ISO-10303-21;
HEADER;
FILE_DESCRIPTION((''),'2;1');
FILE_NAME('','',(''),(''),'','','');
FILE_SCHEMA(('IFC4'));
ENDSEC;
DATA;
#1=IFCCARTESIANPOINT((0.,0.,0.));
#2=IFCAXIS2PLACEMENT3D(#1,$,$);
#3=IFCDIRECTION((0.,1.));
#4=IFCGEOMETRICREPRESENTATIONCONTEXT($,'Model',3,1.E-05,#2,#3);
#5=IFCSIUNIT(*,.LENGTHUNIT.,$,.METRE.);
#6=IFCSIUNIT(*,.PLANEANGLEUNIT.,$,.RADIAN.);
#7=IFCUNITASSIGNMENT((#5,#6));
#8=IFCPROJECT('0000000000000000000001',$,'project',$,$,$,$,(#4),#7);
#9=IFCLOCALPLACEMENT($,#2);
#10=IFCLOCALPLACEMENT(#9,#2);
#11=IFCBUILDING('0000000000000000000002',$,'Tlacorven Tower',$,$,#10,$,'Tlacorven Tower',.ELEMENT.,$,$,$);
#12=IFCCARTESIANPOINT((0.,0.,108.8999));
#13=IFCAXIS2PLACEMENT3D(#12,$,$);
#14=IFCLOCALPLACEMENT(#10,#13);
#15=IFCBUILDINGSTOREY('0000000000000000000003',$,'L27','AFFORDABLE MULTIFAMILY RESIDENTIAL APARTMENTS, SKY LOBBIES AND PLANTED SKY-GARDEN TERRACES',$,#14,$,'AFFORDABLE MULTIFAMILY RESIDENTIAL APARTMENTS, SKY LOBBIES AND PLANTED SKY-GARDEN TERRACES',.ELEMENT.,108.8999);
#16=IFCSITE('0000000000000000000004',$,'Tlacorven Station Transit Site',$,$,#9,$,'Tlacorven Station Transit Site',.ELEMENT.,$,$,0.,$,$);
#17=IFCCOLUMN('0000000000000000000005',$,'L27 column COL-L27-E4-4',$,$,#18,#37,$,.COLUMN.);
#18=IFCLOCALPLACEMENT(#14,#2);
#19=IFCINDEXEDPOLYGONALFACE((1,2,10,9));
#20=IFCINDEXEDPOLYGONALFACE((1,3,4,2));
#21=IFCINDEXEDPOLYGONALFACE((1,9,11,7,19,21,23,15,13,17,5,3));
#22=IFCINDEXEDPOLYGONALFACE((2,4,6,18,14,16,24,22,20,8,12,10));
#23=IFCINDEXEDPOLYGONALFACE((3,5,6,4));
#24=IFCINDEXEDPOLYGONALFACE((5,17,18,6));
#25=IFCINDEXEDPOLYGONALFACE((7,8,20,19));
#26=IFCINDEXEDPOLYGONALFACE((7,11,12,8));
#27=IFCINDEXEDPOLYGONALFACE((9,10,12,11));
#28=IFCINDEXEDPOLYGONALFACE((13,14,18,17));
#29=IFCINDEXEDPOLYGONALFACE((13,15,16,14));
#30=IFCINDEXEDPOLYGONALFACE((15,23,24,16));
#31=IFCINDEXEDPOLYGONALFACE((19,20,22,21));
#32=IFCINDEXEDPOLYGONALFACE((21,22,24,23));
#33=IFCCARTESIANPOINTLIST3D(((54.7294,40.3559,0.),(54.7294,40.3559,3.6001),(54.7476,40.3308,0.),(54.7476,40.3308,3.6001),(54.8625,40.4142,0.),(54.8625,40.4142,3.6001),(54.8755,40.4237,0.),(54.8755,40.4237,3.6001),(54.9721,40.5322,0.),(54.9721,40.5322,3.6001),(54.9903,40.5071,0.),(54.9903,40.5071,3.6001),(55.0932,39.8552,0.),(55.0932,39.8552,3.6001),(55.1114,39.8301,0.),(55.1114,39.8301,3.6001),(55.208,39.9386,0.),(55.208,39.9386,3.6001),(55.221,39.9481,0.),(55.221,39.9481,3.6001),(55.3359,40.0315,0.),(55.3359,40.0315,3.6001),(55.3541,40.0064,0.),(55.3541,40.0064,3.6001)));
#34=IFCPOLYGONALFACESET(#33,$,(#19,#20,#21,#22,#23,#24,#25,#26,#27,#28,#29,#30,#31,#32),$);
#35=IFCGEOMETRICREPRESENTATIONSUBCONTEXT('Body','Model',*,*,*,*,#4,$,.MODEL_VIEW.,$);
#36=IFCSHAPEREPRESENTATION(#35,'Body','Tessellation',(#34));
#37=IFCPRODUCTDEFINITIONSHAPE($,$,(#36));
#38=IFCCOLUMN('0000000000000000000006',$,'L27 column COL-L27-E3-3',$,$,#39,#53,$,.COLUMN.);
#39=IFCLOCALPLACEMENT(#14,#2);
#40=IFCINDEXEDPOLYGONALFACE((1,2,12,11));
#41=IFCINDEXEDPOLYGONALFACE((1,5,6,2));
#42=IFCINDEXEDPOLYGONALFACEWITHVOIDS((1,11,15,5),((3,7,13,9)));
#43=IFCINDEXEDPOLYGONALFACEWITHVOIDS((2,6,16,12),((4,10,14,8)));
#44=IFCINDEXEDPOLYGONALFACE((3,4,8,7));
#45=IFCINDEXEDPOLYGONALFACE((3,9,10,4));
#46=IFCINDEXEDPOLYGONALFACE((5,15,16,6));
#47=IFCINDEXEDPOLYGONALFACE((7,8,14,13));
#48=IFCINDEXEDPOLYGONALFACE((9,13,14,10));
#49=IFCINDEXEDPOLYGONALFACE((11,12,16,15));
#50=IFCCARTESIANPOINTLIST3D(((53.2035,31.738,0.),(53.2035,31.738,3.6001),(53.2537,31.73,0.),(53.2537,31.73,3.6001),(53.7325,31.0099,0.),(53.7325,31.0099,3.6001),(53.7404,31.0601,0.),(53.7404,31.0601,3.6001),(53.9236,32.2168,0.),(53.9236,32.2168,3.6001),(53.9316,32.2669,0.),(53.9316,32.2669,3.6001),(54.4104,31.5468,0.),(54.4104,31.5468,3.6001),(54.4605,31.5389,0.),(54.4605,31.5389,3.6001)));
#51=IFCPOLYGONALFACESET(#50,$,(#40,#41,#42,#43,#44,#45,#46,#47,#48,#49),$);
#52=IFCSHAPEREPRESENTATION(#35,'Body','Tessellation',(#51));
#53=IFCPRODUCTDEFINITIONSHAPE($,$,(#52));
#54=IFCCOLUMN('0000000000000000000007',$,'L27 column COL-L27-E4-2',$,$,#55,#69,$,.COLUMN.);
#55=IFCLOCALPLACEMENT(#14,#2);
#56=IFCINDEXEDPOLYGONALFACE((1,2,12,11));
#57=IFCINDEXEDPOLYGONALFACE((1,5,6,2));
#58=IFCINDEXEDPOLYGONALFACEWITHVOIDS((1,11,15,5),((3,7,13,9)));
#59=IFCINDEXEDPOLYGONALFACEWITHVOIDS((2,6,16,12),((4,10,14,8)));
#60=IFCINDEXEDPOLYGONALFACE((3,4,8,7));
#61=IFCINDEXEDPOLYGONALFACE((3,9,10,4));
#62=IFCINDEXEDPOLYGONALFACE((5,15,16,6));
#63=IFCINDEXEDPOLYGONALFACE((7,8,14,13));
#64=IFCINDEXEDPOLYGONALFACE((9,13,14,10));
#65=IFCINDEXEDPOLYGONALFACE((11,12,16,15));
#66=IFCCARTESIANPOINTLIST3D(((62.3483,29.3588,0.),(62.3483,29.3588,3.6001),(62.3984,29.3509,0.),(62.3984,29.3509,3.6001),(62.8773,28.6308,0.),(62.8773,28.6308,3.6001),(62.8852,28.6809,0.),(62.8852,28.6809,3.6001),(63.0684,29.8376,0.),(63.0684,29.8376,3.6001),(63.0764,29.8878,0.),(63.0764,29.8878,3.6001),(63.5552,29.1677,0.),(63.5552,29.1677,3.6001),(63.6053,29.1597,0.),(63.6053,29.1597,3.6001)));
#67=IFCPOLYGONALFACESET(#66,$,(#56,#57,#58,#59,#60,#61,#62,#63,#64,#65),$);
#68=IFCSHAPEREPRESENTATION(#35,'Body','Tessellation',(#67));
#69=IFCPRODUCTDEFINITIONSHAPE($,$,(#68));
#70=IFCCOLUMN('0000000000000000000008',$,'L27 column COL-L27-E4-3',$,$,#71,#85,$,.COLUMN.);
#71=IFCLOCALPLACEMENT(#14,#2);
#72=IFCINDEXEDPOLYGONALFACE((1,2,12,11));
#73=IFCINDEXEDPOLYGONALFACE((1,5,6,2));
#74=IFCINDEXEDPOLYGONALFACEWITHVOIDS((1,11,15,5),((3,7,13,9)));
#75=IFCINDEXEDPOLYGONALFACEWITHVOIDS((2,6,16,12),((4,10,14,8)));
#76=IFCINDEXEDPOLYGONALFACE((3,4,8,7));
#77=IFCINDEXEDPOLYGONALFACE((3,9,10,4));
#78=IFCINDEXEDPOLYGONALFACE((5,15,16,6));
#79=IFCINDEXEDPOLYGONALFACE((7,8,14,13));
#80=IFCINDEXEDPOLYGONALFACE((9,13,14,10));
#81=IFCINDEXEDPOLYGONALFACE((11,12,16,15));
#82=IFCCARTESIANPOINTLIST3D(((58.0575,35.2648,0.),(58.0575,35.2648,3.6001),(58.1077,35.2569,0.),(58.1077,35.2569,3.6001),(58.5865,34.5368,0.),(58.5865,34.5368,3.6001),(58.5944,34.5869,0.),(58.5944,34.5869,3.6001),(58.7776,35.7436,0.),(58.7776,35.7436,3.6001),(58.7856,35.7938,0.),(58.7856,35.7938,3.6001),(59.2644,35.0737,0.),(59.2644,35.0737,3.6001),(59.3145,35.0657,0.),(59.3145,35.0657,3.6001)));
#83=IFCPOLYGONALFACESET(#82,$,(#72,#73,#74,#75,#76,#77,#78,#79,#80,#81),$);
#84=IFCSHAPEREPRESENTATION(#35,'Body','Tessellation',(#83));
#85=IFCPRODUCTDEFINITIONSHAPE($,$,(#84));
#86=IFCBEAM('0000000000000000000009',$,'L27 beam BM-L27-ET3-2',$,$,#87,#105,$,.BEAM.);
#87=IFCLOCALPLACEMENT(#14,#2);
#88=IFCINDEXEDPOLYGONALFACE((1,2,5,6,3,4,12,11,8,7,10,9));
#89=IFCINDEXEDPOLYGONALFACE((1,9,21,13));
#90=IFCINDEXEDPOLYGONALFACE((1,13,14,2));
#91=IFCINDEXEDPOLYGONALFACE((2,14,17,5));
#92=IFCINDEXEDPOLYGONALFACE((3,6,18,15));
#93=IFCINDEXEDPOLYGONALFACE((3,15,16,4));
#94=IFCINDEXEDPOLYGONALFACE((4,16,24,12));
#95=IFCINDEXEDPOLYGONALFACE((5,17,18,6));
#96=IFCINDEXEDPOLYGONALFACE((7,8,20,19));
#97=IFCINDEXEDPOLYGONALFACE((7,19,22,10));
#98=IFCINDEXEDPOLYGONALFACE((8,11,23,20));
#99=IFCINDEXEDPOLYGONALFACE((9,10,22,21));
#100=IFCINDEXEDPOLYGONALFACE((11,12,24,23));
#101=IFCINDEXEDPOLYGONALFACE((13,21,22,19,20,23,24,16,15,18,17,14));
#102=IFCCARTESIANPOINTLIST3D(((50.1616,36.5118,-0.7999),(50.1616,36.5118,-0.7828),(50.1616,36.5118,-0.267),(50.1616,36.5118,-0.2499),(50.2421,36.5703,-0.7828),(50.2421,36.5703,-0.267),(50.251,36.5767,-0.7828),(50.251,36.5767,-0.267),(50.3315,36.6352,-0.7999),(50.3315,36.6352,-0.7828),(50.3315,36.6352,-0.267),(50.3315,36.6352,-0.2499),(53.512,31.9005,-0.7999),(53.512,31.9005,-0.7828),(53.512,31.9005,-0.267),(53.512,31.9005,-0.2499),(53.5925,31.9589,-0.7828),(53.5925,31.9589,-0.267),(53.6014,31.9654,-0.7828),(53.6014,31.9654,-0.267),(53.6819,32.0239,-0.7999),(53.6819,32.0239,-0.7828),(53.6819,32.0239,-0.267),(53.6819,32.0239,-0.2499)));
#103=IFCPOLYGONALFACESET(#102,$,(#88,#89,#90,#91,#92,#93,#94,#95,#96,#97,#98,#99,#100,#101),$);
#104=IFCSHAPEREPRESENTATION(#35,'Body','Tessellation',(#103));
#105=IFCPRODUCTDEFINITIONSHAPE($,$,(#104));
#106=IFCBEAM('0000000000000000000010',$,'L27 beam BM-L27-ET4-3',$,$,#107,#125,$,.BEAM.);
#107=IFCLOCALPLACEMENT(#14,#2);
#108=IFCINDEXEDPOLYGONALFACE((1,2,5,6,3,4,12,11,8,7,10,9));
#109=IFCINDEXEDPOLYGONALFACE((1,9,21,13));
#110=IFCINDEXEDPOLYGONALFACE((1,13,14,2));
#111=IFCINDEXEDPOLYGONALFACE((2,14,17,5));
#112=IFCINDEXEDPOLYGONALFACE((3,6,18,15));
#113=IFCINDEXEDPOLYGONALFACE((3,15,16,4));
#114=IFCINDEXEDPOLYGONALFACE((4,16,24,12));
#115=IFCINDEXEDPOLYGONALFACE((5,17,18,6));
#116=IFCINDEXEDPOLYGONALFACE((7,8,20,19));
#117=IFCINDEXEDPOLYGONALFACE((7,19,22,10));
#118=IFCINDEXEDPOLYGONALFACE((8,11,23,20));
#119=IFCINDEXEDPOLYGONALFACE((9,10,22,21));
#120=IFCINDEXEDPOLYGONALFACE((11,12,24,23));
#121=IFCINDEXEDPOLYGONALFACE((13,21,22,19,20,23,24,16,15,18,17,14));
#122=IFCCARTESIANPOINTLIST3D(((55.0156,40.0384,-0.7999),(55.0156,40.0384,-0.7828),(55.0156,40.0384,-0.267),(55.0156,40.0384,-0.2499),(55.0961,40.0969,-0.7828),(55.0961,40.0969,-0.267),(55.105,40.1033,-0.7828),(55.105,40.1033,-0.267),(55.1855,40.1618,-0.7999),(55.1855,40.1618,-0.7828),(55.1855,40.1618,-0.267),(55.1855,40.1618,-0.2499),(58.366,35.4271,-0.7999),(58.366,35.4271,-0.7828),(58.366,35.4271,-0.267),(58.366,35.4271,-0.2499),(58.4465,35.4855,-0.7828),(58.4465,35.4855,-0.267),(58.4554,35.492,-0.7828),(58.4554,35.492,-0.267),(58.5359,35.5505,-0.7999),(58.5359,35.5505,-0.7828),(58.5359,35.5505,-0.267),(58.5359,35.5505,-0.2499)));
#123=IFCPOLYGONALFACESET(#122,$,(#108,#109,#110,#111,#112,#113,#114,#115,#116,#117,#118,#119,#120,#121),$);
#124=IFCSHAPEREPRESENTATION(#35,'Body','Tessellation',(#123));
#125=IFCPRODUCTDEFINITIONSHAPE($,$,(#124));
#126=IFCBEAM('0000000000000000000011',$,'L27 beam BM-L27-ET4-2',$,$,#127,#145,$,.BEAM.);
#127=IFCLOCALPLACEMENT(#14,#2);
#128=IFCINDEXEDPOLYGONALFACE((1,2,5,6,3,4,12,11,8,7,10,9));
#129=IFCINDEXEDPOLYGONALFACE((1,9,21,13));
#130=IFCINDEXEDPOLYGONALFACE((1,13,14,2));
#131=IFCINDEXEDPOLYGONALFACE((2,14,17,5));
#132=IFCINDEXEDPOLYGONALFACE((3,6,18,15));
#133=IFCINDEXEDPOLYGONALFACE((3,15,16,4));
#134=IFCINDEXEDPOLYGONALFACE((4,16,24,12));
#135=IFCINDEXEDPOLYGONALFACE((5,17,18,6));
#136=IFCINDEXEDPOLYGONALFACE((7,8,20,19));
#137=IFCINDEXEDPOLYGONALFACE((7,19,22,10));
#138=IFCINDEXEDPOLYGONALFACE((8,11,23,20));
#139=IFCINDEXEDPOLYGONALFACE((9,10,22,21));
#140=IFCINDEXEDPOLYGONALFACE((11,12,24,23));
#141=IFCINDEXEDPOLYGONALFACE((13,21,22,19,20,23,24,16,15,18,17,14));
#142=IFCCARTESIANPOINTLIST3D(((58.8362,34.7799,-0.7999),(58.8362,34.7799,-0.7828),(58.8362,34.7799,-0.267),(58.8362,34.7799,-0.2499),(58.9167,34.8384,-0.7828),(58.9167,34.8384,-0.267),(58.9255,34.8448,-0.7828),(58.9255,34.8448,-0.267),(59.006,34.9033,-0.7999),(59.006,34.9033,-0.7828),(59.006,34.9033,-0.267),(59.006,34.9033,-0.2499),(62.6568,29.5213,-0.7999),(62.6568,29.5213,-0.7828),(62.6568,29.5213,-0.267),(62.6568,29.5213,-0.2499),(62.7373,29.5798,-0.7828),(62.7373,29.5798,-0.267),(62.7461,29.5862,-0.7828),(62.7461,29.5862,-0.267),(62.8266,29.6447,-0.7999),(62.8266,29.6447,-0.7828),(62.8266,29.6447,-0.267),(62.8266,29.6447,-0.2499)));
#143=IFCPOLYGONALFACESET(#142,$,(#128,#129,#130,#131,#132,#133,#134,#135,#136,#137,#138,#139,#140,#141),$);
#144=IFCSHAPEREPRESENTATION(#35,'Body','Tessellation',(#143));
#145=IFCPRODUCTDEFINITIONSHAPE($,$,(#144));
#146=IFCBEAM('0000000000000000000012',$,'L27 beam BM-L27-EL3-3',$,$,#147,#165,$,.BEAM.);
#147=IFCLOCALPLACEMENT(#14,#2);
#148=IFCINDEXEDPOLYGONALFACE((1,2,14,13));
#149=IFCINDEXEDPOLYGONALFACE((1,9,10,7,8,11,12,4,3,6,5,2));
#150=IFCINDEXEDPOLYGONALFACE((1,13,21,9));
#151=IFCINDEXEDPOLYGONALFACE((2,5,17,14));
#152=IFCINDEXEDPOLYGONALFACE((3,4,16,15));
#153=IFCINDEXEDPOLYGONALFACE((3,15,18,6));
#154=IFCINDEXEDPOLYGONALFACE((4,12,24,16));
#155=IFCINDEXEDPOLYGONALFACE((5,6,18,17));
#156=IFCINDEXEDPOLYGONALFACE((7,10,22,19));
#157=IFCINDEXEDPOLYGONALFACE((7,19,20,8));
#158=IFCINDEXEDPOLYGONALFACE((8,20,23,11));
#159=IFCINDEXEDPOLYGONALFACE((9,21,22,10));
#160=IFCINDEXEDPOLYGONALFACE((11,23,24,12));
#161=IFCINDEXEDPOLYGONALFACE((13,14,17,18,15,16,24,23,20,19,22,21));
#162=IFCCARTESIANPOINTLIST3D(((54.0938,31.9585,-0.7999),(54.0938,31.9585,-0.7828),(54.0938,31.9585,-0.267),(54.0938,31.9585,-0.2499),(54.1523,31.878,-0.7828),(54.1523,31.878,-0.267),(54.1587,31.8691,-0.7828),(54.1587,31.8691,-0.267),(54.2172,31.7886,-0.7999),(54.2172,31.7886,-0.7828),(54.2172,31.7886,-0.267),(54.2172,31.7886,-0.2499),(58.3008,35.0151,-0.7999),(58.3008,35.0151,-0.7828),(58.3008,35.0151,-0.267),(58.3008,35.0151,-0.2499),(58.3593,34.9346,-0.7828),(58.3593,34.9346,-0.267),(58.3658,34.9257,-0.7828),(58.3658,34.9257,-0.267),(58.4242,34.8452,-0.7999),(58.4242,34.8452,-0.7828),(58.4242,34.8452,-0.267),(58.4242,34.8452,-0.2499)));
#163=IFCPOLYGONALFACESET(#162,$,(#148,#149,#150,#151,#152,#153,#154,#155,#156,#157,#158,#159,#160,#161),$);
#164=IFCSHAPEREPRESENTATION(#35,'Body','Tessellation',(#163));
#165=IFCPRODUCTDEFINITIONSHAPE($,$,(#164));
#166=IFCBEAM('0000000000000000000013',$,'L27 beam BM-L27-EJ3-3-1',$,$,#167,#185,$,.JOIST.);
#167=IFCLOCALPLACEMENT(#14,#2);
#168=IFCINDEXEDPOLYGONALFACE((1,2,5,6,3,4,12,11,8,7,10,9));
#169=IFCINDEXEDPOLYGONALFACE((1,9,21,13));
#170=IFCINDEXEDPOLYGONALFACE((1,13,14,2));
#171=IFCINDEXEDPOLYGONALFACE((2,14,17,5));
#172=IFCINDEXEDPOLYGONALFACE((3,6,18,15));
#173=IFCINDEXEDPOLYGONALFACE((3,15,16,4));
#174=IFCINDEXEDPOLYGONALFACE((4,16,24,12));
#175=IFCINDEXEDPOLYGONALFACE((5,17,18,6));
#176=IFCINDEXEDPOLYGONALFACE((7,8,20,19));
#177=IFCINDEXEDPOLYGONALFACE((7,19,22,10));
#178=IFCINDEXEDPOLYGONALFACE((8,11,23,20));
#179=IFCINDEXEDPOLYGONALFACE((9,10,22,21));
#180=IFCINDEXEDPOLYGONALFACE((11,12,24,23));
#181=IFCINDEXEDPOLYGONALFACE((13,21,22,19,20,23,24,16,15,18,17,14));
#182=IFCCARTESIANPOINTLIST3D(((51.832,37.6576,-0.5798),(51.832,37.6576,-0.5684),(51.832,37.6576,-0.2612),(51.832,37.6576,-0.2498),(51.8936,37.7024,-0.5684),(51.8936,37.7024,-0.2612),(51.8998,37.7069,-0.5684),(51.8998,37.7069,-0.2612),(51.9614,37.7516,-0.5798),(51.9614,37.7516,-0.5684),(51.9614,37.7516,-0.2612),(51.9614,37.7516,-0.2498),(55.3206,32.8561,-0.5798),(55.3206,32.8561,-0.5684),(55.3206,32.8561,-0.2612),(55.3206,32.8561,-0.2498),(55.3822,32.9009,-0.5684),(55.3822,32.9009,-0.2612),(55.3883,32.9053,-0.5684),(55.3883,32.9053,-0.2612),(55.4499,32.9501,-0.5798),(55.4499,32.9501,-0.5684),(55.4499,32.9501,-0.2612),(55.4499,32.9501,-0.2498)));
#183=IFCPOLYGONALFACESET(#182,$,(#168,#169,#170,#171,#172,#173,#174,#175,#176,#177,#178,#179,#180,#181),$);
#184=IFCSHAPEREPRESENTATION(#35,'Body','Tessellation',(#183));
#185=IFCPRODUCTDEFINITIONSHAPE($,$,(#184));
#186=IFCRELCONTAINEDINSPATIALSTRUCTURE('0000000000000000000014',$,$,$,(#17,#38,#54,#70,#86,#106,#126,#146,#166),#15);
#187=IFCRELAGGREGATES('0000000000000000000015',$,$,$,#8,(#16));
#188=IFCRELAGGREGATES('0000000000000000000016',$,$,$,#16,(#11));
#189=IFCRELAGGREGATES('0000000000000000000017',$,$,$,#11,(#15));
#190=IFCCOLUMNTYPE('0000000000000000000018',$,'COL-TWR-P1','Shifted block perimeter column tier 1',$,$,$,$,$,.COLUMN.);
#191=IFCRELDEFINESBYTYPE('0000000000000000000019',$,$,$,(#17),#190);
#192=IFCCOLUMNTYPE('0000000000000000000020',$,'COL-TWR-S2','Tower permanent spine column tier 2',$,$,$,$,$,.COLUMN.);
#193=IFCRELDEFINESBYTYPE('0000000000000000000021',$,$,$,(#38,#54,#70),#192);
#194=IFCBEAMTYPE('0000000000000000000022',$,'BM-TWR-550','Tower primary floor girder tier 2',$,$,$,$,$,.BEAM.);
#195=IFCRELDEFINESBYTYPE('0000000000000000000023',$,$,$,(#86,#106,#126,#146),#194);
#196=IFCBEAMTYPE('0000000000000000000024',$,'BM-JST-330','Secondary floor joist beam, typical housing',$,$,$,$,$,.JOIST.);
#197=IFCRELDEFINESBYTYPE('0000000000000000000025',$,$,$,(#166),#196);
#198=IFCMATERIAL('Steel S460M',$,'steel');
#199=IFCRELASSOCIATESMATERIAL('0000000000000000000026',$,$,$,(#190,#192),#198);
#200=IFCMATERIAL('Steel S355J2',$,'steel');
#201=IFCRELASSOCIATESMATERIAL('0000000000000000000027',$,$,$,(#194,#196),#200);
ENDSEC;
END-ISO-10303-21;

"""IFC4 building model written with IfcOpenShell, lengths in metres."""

from ifc_helpers import new_model, si_unit, direction, frame, origin, origin_2d, place, context, subcontext, project, spatial, hollow_rectangle, i_section, extrude, source, transform, mapped, material, material_profile, profile_set, type_object, element, save


model = new_model("IFC4")

# Units and contexts
model_context = context("Model", 3, precision=1e-05, world=origin(), true_north=direction((0.0, 1.0)))
body_context = subcontext(model_context, "Body", "Model", "MODEL_VIEW")
ifc_project = project(units=[si_unit("LENGTHUNIT", "METRE"), si_unit("PLANEANGLEUNIT", "RADIAN")], contexts=[model_context])

# Site, building, storey
site_placement = place(None, origin())
site = spatial("IfcSite", under=ifc_project, at=site_placement, Name="Tlacorven Station Transit Site", LongName="Tlacorven Station Transit Site", CompositionType="ELEMENT", RefElevation=0.0)
building_placement = place(site_placement, origin())
building = spatial("IfcBuilding", under=site, at=building_placement, Name="Tlacorven Tower", LongName="Tlacorven Tower", CompositionType="ELEMENT")
storey_placement = place(building_placement, frame((0.0, 0.0, 108.8999)))
storey = spatial("IfcBuildingStorey", under=building, at=storey_placement, Name="L27", Description="AFFORDABLE MULTIFAMILY RESIDENTIAL APARTMENTS, SKY LOBBIES AND PLANTED SKY-GARDEN TERRACES", LongName="AFFORDABLE MULTIFAMILY RESIDENTIAL APARTMENTS, SKY LOBBIES AND PLANTED SKY-GARDEN TERRACES", CompositionType="ELEMENT", Elevation=108.8999)

# Columns
ifc_material_1 = material(Name="Steel S460M", Category="steel")
ifc_material_profile_1 = material_profile(ifc_material_1, i_section(OverallWidth=0.3, OverallDepth=0.6499, WebThickness=0.0161, FlangeThickness=0.031, at=origin_2d()), Name="HEB 650")
ifc_profile_set_1 = profile_set([ifc_material_profile_1], Name="Steel S460M")
column_type_1 = type_object("IfcColumnType", Name="COL-TWR-P1", Description="Shifted block perimeter column tier 1", PredefinedType="COLUMN", material=ifc_profile_set_1)
shared_shape_1 = source(origin(), body_context, "Body", "SweptSolid", [
    extrude(i_section(OverallWidth=0.3, OverallDepth=0.6499, WebThickness=0.0161, FlangeThickness=0.031, at=origin_2d()), origin(), (0.0, 0.0, 1.0), 3.6001),
])
column_placement = place(storey_placement, frame((55.0417, 40.1812, 0.0), z_axis=(0.0, 0.0, 1.0), x_axis=(0.809017, 0.587785, 0.0)))
element("IfcColumn", 1, at=column_placement, inside=storey, type_object=column_type_1, Name="L27 column COL-L27-E4-4", PredefinedType="COLUMN", context=body_context, shape_type="MappedRepresentation", body=[
    mapped(shared_shape_1, transform((0.0, 0.0, 0.0), scale=1.0)),
])
ifc_material_profile_2 = material_profile(ifc_material_1, hollow_rectangle(XDim=0.8999, YDim=0.8999, WallThickness=0.0359, at=origin_2d()), Name="BOX 900X900X36")
ifc_profile_set_2 = profile_set([ifc_material_profile_2], Name="Steel S460M")
column_type_2 = type_object("IfcColumnType", Name="COL-TWR-S2", Description="Tower permanent spine column tier 2", PredefinedType="COLUMN", material=ifc_profile_set_2)
shared_shape_2 = source(origin(), body_context, "Body", "SweptSolid", [
    extrude(hollow_rectangle(XDim=0.8999, YDim=0.8999, WallThickness=0.0359, at=origin_2d()), origin(), (0.0, 0.0, 1.0), 3.6001),
])
for number, where, z_axis, x_axis, name in (
    (2, (53.832, 31.6384, 0.0), (0.0, 0.0, 1.0), (0.809017, 0.587785, 0.0), "L27 column COL-L27-E3-3"),
    (3, (62.9768, 29.2593, 0.0), (0.0, 0.0, 1.0), (0.809017, 0.587785, 0.0), "L27 column COL-L27-E4-2"),
    (4, (58.686, 35.1653, 0.0), (0.0, 0.0, 1.0), (0.809017, 0.587785, 0.0), "L27 column COL-L27-E4-3"),
):
    element("IfcColumn", number, at=place(storey_placement, frame(where, z_axis=z_axis, x_axis=x_axis)), inside=storey, type_object=column_type_2, Name=name, PredefinedType="COLUMN", context=body_context, shape_type="MappedRepresentation", body=[
        mapped(shared_shape_2, transform((0.0, 0.0, 0.0), scale=1.0)),
    ])

# Beams
ifc_material_2 = material(Name="Steel S355J2", Category="steel")
ifc_material_profile_3 = material_profile(ifc_material_2, i_section(OverallWidth=0.21, OverallDepth=0.55, WebThickness=0.011, FlangeThickness=0.0171, at=origin_2d()), Name="IPE 550")
ifc_profile_set_3 = profile_set([ifc_material_profile_3], Name="Steel S355J2")
beam_type_1 = type_object("IfcBeamType", Name="BM-TWR-550", Description="Tower primary floor girder tier 2", PredefinedType="BEAM", material=ifc_profile_set_3)
shared_shape_3 = source(origin(), body_context, "Body", "SweptSolid", [
    extrude(i_section(OverallWidth=0.21, OverallDepth=0.55, WebThickness=0.011, FlangeThickness=0.0171, at=origin_2d()), origin(), (0.0, 0.0, 1.0), 5.7),
])
for number, where, z_axis, x_axis, name in (
    (5, (53.5969, 31.9622, -0.5249), (-0.587787, 0.809016, 0.0), (-0.809016, -0.587787, 0.0), "L27 beam BM-L27-ET3-2"),
    (6, (58.4509, 35.4888, -0.5249), (-0.587787, 0.809016, 0.0), (-0.809016, -0.587787, 0.0), "L27 beam BM-L27-ET4-3"),
):
    element("IfcBeam", number, at=place(storey_placement, frame(where, z_axis=z_axis, x_axis=x_axis)), inside=storey, type_object=beam_type_1, Name=name, PredefinedType="BEAM", context=body_context, shape_type="MappedRepresentation", body=[
        mapped(shared_shape_3, transform((0.0, 0.0, 0.0), scale=1.0)),
    ])
shared_shape_4 = source(origin(), body_context, "Body", "SweptSolid", [
    extrude(i_section(OverallWidth=0.21, OverallDepth=0.55, WebThickness=0.011, FlangeThickness=0.0171, at=origin_2d()), origin(), (0.0, 0.0, 1.0), 6.5),
])
beam_1_placement = place(storey_placement, frame((62.7417, 29.583, -0.5249), z_axis=(-0.587785, 0.809017, 0.0), x_axis=(-0.809017, -0.587785, 0.0)))
element("IfcBeam", 7, at=beam_1_placement, inside=storey, type_object=beam_type_1, Name="L27 beam BM-L27-ET4-2", PredefinedType="BEAM", context=body_context, shape_type="MappedRepresentation", body=[
    mapped(shared_shape_4, transform((0.0, 0.0, 0.0), scale=1.0)),
])
shared_shape_5 = source(origin(), body_context, "Body", "SweptSolid", [
    extrude(i_section(OverallWidth=0.21, OverallDepth=0.55, WebThickness=0.011, FlangeThickness=0.0171, at=origin_2d()), origin(), (0.0, 0.0, 1.0), 5.2002),
])
beam_2_placement = place(storey_placement, frame((54.1555, 31.8735, -0.5249), z_axis=(0.809012, 0.587792, 0.0), x_axis=(-0.587792, 0.809012, 0.0)))
element("IfcBeam", 8, at=beam_2_placement, inside=storey, type_object=beam_type_1, Name="L27 beam BM-L27-EL3-3", PredefinedType="BEAM", context=body_context, shape_type="MappedRepresentation", body=[
    mapped(shared_shape_5, transform((0.0, 0.0, 0.0), scale=1.0)),
])
ifc_material_profile_4 = material_profile(ifc_material_2, i_section(OverallWidth=0.1599, OverallDepth=0.3301, WebThickness=0.0076, FlangeThickness=0.0115, at=origin_2d()), Name="IPE 330")
ifc_profile_set_4 = profile_set([ifc_material_profile_4], Name="Steel S355J2")
beam_type_2 = type_object("IfcBeamType", Name="BM-JST-330", Description="Secondary floor joist beam, typical housing", PredefinedType="JOIST", material=ifc_profile_set_4)
shared_shape_6 = source(origin(), body_context, "Body", "SweptSolid", [
    extrude(i_section(OverallWidth=0.1599, OverallDepth=0.3301, WebThickness=0.0076, FlangeThickness=0.0115, at=origin_2d()), origin(), (0.0, 0.0, 1.0), 5.9351),
])
for number, where, z_axis, x_axis, name in (
    (9, (55.3853, 32.9031, -0.4148), (-0.587788, 0.809015, 0.0), (-0.809015, -0.587788, 0.0), "L27 beam BM-L27-EJ3-3-1"),
):
    element("IfcBeam", number, at=place(storey_placement, frame(where, z_axis=z_axis, x_axis=x_axis)), inside=storey, type_object=beam_type_2, Name=name, PredefinedType="JOIST", context=body_context, shape_type="MappedRepresentation", body=[
        mapped(shared_shape_6, transform((0.0, 0.0, 0.0), scale=1.0)),
    ])

save(model, "model.ifc")
